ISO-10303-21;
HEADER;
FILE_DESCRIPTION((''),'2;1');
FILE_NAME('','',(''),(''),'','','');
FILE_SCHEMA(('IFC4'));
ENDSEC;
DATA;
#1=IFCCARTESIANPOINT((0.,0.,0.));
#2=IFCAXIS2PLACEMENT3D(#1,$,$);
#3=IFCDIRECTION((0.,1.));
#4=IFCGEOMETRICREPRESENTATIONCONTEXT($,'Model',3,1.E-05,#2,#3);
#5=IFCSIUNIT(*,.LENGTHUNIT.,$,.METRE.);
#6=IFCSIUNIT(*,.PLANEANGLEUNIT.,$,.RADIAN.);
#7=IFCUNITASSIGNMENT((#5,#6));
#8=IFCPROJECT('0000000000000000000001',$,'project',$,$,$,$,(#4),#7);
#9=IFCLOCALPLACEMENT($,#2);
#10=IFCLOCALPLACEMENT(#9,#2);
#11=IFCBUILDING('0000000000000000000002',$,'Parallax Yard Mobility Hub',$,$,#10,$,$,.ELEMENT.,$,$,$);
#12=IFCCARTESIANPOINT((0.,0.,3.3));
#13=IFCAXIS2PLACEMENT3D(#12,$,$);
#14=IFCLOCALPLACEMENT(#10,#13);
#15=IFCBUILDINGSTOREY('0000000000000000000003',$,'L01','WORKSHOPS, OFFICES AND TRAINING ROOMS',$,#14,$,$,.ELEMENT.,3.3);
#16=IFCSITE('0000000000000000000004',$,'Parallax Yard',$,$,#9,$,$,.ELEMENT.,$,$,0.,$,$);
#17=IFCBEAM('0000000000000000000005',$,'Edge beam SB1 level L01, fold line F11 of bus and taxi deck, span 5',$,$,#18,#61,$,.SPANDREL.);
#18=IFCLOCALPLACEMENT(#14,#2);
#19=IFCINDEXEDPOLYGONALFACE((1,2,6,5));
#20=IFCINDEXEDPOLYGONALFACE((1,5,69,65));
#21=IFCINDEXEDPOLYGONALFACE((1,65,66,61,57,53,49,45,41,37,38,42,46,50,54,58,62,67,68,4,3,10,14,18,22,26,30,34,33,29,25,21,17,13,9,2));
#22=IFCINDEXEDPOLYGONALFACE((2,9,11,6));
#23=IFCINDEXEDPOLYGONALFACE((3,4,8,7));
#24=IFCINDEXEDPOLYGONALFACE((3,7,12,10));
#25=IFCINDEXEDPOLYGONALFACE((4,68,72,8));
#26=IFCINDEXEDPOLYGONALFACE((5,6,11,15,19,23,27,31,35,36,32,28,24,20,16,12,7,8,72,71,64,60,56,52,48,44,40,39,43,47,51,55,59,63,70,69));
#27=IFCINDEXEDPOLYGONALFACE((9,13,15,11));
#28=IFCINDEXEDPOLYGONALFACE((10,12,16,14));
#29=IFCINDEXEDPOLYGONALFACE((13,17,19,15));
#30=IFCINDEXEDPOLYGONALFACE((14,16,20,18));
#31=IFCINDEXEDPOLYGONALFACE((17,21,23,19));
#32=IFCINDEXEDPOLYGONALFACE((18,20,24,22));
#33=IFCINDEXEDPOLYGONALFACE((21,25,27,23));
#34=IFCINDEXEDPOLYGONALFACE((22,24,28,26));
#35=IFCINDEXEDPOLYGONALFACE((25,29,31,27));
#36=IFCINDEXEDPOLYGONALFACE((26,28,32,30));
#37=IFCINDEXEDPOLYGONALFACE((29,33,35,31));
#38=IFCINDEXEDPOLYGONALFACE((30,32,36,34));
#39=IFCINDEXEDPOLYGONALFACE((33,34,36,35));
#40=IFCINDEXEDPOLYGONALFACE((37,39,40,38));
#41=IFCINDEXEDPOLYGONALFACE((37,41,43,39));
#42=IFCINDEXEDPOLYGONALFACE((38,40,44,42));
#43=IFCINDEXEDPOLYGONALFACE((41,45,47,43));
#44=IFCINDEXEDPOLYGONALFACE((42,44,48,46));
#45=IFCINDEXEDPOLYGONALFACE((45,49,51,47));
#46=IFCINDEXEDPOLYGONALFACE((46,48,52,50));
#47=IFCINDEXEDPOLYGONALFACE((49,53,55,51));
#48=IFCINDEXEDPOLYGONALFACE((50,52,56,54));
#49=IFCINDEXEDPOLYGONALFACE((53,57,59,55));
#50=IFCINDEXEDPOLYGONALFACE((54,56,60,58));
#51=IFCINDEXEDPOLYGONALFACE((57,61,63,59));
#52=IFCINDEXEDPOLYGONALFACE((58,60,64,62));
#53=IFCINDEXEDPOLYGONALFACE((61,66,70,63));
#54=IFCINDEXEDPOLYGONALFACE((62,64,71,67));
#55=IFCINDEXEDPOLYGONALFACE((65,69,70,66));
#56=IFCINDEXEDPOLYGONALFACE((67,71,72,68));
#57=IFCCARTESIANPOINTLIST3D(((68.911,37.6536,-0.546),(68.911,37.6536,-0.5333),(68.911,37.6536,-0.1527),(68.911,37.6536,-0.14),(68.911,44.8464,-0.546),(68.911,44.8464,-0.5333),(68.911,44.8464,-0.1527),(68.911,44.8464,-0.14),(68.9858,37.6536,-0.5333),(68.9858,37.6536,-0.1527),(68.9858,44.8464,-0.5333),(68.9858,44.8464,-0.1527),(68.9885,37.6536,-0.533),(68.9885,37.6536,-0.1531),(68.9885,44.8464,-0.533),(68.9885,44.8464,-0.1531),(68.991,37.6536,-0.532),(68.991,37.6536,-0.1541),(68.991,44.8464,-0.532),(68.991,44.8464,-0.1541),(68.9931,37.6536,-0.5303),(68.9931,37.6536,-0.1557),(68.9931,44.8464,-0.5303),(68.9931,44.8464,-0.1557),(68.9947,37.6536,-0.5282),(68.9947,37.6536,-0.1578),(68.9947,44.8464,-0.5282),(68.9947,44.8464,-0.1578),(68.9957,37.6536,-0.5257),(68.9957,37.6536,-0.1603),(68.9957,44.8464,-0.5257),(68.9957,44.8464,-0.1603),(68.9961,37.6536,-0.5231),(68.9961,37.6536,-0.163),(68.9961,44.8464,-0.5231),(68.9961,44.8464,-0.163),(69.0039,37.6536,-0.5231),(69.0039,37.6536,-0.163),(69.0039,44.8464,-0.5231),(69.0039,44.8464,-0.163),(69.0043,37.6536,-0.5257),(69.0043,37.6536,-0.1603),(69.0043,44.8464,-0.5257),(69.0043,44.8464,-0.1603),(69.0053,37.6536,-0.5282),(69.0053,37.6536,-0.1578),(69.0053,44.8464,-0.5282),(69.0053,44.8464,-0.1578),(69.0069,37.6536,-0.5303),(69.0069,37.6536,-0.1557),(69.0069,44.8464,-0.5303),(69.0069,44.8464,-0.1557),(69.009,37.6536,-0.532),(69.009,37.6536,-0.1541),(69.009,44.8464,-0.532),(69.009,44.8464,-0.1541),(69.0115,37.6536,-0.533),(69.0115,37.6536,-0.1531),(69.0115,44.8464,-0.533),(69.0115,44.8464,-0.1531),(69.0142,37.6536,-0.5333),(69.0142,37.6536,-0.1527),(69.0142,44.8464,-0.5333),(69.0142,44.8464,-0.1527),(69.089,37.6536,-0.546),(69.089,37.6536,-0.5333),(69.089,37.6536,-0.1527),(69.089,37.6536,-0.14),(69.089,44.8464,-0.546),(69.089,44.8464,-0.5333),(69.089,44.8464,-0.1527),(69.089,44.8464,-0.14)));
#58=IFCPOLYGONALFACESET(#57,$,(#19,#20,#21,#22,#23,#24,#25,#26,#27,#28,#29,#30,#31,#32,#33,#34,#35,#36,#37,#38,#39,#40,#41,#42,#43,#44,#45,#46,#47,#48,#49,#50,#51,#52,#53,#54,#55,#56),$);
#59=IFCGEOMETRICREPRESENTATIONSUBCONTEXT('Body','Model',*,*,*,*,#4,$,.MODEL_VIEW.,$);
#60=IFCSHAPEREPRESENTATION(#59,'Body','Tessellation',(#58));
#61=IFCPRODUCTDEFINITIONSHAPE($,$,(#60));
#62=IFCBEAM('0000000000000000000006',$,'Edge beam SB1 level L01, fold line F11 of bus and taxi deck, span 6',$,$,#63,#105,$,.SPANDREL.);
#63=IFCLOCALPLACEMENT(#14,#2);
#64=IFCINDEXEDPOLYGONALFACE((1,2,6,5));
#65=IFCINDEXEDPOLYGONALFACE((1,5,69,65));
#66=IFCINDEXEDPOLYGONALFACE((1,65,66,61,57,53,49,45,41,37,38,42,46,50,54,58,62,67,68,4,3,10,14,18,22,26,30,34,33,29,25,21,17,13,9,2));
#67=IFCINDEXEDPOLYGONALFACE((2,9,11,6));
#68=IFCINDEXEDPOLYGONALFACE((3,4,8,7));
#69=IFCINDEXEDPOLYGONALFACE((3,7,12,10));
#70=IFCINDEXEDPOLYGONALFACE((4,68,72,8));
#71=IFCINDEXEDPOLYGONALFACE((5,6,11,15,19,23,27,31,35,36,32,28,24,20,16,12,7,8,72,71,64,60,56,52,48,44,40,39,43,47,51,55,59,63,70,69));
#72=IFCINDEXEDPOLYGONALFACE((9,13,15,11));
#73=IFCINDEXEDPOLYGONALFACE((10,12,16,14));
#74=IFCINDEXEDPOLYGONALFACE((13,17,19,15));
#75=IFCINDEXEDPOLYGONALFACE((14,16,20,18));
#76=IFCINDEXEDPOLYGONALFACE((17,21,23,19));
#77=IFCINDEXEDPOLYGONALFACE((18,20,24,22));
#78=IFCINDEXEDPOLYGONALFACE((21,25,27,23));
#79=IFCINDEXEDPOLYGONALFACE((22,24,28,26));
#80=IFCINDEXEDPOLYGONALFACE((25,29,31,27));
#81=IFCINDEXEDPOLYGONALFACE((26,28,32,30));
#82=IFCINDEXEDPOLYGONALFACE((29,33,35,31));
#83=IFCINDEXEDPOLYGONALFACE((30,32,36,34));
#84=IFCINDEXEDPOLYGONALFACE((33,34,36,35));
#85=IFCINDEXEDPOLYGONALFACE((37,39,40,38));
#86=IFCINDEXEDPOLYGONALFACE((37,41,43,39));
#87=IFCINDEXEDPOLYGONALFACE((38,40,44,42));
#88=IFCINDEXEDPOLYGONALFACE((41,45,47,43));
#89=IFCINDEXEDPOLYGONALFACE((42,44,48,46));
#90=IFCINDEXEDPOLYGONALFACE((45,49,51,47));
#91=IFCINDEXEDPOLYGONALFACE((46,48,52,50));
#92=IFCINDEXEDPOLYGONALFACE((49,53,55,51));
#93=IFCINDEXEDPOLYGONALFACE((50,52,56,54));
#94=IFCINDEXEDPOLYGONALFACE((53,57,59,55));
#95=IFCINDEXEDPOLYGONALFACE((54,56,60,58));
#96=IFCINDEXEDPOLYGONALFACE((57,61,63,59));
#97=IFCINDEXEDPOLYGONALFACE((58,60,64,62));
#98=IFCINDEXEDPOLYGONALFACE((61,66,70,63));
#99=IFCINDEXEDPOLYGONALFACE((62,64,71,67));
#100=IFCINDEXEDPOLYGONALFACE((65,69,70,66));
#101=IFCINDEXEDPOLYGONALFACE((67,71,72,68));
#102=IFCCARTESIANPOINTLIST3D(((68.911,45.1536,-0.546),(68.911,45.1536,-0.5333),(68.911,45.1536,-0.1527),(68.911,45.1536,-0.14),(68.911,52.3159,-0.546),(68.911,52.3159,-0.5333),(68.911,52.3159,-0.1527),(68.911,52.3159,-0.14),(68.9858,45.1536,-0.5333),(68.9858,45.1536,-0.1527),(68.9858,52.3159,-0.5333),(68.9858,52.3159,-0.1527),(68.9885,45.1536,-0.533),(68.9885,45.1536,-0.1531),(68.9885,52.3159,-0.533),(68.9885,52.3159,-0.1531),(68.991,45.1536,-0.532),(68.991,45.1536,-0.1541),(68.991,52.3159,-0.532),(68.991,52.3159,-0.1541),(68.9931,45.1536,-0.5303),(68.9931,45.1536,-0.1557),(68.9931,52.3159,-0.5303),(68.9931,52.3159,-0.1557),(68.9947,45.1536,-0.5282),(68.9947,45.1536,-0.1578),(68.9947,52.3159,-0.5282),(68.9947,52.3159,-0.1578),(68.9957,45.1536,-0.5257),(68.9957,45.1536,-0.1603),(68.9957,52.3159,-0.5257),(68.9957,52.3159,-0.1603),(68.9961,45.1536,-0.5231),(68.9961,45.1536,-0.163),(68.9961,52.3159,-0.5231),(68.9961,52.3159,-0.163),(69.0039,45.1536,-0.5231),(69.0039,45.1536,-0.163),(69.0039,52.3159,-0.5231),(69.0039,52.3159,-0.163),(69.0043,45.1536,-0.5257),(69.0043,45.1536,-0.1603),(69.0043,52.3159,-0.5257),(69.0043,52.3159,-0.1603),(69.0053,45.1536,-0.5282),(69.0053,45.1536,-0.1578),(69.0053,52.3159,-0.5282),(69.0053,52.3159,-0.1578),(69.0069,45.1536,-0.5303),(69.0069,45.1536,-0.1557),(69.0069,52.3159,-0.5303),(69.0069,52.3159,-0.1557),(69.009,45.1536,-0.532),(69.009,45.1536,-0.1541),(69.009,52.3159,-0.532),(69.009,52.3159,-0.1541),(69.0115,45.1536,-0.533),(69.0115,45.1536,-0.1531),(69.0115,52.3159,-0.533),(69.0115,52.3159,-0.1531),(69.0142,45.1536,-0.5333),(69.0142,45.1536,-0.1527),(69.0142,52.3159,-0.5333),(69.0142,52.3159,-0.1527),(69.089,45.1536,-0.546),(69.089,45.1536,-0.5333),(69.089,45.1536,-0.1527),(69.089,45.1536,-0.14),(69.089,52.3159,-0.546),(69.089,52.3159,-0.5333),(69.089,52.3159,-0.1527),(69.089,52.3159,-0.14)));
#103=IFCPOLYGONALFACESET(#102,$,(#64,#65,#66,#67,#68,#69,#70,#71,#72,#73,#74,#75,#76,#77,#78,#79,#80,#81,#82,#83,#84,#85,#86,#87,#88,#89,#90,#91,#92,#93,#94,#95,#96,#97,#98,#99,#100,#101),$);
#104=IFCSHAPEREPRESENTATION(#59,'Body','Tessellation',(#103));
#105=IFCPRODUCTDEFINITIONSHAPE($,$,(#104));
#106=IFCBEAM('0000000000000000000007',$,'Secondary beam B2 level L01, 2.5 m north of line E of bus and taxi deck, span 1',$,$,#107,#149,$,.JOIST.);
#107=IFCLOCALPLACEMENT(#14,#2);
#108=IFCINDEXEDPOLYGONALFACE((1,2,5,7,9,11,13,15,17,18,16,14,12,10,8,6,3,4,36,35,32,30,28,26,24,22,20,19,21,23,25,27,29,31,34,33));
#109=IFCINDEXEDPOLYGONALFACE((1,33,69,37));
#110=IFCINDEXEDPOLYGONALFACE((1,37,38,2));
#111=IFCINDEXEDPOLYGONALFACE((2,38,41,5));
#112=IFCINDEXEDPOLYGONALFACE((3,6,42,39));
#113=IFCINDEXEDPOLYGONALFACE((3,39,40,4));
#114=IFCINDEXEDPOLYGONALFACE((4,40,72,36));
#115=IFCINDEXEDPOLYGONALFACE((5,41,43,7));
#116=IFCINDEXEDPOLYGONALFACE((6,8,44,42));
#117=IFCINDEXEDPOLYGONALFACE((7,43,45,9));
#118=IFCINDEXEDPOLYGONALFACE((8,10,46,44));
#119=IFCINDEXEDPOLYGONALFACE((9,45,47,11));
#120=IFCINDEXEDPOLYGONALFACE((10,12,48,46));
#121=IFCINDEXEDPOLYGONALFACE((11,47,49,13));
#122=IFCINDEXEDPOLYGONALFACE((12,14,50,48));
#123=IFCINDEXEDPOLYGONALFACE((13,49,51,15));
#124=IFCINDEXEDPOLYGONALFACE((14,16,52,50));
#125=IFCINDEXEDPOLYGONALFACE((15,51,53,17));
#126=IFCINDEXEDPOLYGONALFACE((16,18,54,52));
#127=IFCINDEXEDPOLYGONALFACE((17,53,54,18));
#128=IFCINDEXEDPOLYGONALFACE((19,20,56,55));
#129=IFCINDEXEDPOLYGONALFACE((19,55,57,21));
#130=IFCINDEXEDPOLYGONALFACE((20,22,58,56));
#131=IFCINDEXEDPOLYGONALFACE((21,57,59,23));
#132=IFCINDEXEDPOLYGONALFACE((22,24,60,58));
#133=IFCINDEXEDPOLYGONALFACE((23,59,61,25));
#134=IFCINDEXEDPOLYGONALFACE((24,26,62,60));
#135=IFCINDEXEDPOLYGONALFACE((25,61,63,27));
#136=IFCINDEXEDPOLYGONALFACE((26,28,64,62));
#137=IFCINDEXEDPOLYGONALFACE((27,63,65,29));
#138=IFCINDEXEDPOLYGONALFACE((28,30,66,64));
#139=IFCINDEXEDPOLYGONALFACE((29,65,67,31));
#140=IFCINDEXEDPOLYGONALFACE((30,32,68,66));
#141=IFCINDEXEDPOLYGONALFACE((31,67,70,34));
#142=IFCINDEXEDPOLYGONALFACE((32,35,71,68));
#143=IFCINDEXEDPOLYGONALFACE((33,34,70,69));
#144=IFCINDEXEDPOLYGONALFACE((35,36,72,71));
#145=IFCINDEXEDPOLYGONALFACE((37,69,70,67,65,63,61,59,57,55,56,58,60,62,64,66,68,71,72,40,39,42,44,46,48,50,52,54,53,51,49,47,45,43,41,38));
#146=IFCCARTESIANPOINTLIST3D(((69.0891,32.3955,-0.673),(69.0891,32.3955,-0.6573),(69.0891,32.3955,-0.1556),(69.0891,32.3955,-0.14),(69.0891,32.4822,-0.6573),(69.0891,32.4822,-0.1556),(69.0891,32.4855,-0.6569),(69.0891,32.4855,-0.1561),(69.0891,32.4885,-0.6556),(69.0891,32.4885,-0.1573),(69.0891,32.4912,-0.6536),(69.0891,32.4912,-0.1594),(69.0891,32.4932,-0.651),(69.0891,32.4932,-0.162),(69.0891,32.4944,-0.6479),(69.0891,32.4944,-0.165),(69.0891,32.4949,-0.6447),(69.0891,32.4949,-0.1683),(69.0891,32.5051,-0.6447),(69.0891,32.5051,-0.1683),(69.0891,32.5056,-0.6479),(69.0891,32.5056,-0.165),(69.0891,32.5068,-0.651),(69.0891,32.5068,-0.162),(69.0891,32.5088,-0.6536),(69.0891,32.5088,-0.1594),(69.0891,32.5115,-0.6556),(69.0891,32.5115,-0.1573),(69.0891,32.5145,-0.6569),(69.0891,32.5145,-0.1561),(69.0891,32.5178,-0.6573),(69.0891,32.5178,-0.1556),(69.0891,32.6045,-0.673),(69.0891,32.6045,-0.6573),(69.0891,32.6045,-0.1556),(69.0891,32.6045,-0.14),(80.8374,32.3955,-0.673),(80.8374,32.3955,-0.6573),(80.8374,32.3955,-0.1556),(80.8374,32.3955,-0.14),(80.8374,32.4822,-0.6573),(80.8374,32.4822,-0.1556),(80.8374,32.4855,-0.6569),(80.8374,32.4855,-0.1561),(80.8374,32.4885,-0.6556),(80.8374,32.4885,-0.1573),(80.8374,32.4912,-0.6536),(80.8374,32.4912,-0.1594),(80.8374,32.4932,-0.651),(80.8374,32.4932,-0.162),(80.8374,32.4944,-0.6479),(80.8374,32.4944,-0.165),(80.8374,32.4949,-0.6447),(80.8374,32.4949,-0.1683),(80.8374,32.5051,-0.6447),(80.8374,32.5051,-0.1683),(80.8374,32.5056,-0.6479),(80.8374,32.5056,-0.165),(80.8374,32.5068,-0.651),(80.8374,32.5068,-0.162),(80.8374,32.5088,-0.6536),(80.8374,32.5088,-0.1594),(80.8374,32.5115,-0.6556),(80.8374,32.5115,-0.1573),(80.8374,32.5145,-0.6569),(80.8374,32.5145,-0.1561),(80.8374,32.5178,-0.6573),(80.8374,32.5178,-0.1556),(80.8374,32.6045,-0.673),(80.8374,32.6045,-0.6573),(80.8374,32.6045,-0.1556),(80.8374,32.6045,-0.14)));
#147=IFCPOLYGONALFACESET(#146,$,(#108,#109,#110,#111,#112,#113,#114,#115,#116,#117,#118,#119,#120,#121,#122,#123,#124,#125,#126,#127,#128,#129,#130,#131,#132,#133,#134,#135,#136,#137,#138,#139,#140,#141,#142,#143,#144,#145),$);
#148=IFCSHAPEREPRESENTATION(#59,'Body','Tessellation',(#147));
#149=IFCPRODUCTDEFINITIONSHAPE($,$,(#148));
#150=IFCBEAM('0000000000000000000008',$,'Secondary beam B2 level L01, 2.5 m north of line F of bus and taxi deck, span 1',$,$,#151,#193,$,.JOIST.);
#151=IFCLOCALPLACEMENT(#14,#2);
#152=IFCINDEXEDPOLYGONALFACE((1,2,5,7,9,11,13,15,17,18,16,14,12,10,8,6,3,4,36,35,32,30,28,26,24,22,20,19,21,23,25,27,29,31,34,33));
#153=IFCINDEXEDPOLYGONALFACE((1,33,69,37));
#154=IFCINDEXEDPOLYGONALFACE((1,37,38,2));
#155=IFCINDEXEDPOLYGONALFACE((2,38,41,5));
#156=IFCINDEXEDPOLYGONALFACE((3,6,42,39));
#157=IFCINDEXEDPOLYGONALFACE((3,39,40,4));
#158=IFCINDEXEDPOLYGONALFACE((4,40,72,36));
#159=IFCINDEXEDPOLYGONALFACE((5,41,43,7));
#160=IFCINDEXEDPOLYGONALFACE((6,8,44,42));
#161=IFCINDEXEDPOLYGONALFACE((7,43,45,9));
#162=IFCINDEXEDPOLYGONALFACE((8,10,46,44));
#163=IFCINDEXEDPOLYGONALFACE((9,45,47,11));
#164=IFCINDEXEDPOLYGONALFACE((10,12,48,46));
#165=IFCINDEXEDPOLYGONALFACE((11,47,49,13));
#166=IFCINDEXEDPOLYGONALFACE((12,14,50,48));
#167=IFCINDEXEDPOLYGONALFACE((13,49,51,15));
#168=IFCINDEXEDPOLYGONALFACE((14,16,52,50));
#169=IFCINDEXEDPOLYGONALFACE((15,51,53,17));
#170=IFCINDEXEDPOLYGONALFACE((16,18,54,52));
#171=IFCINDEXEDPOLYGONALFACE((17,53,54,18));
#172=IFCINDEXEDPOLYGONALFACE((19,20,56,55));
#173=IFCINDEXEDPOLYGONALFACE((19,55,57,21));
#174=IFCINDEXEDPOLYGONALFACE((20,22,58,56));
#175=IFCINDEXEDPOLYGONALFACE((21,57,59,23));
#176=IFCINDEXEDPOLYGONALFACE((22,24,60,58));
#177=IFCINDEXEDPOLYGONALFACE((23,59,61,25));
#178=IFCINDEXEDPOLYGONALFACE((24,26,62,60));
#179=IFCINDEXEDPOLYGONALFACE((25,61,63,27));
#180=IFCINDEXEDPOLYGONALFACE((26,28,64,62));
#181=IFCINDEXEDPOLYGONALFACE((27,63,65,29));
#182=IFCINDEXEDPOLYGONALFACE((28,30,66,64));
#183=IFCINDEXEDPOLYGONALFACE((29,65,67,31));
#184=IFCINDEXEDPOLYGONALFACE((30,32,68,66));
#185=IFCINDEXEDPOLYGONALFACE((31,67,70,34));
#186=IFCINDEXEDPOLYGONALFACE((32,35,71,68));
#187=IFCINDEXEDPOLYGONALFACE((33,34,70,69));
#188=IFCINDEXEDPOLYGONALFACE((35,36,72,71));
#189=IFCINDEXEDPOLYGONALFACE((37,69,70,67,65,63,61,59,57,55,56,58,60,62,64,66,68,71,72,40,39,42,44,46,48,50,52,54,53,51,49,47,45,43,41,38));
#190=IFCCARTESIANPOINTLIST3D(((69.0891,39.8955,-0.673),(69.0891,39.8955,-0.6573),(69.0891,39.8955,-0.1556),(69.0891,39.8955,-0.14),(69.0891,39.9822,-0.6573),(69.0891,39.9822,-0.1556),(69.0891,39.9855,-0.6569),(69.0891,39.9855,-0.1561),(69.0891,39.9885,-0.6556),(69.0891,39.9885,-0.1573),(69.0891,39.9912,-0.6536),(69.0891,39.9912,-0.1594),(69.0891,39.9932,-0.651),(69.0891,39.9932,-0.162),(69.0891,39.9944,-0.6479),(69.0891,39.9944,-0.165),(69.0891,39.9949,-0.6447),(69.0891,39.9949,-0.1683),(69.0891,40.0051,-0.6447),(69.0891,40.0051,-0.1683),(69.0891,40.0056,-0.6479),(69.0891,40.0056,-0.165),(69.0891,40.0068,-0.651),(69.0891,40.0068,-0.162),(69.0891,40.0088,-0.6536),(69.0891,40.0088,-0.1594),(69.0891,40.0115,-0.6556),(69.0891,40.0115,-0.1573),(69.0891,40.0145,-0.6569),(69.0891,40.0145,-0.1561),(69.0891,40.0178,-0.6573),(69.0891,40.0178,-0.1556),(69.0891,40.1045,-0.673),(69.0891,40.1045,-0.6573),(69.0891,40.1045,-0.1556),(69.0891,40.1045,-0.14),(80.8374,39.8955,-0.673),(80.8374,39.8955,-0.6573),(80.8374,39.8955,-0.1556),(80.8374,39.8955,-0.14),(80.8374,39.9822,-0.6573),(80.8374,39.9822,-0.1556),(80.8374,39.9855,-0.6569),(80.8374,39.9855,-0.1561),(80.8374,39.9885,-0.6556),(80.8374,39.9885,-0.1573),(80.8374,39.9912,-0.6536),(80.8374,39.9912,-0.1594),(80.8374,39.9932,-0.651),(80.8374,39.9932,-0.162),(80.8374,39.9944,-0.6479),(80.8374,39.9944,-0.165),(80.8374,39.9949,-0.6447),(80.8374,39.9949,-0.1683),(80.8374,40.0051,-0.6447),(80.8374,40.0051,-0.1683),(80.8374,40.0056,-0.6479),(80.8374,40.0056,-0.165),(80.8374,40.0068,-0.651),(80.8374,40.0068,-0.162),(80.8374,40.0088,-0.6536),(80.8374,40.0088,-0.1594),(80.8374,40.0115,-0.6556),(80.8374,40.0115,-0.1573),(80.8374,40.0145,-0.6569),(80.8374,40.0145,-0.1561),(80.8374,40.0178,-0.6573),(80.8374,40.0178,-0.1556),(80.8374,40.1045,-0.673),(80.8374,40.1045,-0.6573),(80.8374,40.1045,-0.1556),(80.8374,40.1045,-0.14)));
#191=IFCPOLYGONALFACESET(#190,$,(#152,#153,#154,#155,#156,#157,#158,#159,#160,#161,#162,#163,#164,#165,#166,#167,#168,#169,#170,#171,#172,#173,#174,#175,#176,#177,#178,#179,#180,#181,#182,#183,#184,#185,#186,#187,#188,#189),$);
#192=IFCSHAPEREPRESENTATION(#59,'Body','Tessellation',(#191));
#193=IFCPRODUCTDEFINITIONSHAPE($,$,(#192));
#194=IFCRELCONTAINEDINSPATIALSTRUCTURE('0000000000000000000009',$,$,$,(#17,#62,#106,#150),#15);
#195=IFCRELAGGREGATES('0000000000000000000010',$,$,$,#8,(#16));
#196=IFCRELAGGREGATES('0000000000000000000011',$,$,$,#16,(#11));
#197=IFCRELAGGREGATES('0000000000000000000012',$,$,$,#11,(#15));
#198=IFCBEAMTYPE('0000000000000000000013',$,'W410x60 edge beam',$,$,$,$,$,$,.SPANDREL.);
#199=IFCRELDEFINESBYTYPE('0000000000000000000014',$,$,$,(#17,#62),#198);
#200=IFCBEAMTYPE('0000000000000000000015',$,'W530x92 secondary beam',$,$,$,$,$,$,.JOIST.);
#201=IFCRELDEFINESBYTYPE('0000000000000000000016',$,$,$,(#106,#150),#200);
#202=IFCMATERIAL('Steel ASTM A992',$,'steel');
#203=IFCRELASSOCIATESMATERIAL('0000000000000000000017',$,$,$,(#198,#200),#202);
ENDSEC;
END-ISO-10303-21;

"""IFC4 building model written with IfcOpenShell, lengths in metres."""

from ifc_helpers import new_model, si_unit, direction, frame, origin, origin_2d, place, context, subcontext, project, spatial, i_section, extrude, material, material_profile, profile_set, type_object, element, save


model = new_model("IFC4")

# Units and contexts
model_context = context("Model", 3, precision=1e-05, world=origin(), true_north=direction((0.0, 1.0)))
body_context = subcontext(model_context, "Body", "Model", "MODEL_VIEW")
ifc_project = project(units=[si_unit("LENGTHUNIT", "METRE"), si_unit("PLANEANGLEUNIT", "RADIAN")], contexts=[model_context])

# Site, building, storey
site_placement = place(None, origin())
site = spatial("IfcSite", under=ifc_project, at=site_placement, Name="Parallax Yard", CompositionType="ELEMENT", RefElevation=0.0)
building_placement = place(site_placement, origin())
building = spatial("IfcBuilding", under=site, at=building_placement, Name="Parallax Yard Mobility Hub", CompositionType="ELEMENT")
storey_placement = place(building_placement, frame((0.0, 0.0, 3.3)))
storey = spatial("IfcBuildingStorey", under=building, at=storey_placement, Name="L01", Description="WORKSHOPS, OFFICES AND TRAINING ROOMS", CompositionType="ELEMENT", Elevation=3.3)

# Beams
ifc_material_1 = material(Name="Steel ASTM A992", Category="steel")
ifc_material_profile_1 = material_profile(ifc_material_1, i_section(OverallWidth=0.178, OverallDepth=0.406, WebThickness=0.0078, FlangeThickness=0.0127, FilletRadius=0.0103, at=origin_2d()), Name="W410x60")
ifc_profile_set_1 = profile_set([ifc_material_profile_1], Name="Steel ASTM A992")
beam_type_1 = type_object("IfcBeamType", Name="W410x60 edge beam", PredefinedType="SPANDREL", material=ifc_profile_set_1)
beam_1_placement = place(storey_placement, frame((69.0, 37.6536, -0.343), z_axis=(0.0, 1.0, 0.0), x_axis=(-1.0, 0.0, 0.0)))
element("IfcBeam", 1, at=beam_1_placement, inside=storey, type_object=beam_type_1, Name="Edge beam SB1 level L01, fold line F11 of bus and taxi deck, span 5", PredefinedType="SPANDREL", context=body_context, shape_type="SweptSolid", body=[
    extrude(i_section(OverallWidth=0.178, OverallDepth=0.406, WebThickness=0.0078, FlangeThickness=0.0127, FilletRadius=0.0103, at=origin_2d()), origin(), (0.0, 0.0, 1.0), 7.1929),
])
beam_2_placement = place(storey_placement, frame((69.0, 45.1536, -0.343), z_axis=(0.0, 1.0, 0.0), x_axis=(-1.0, 0.0, 0.0)))
element("IfcBeam", 2, at=beam_2_placement, inside=storey, type_object=beam_type_1, Name="Edge beam SB1 level L01, fold line F11 of bus and taxi deck, span 6", PredefinedType="SPANDREL", context=body_context, shape_type="SweptSolid", body=[
    extrude(i_section(OverallWidth=0.178, OverallDepth=0.406, WebThickness=0.0078, FlangeThickness=0.0127, FilletRadius=0.0103, at=origin_2d()), origin(), (0.0, 0.0, 1.0), 7.1624),
])
ifc_material_profile_2 = material_profile(ifc_material_1, i_section(OverallWidth=0.209, OverallDepth=0.533, WebThickness=0.0103, FlangeThickness=0.0156, FilletRadius=0.0127, at=origin_2d()), Name="W530x92")
ifc_profile_set_2 = profile_set([ifc_material_profile_2], Name="Steel ASTM A992")
beam_type_2 = type_object("IfcBeamType", Name="W530x92 secondary beam", PredefinedType="JOIST", material=ifc_profile_set_2)
for number, where, z_axis, x_axis, name in (
    (3, (69.0891, 32.5, -0.4065), (1.0, 0.0, 0.0), (0.0, 1.0, 0.0), "Secondary beam B2 level L01, 2.5 m north of line E of bus and taxi deck, span 1"),
    (4, (69.0891, 40.0, -0.4065), (1.0, 0.0, 0.0), (0.0, 1.0, 0.0), "Secondary beam B2 level L01, 2.5 m north of line F of bus and taxi deck, span 1"),
):
    element("IfcBeam", number, at=place(storey_placement, frame(where, z_axis=z_axis, x_axis=x_axis)), inside=storey, type_object=beam_type_2, Name=name, PredefinedType="JOIST", context=body_context, shape_type="SweptSolid", body=[
        extrude(i_section(OverallWidth=0.209, OverallDepth=0.533, WebThickness=0.0103, FlangeThickness=0.0156, FilletRadius=0.0127, at=origin_2d()), origin(), (0.0, 0.0, 1.0), 11.7483),
    ])

save(model, "model.ifc")
